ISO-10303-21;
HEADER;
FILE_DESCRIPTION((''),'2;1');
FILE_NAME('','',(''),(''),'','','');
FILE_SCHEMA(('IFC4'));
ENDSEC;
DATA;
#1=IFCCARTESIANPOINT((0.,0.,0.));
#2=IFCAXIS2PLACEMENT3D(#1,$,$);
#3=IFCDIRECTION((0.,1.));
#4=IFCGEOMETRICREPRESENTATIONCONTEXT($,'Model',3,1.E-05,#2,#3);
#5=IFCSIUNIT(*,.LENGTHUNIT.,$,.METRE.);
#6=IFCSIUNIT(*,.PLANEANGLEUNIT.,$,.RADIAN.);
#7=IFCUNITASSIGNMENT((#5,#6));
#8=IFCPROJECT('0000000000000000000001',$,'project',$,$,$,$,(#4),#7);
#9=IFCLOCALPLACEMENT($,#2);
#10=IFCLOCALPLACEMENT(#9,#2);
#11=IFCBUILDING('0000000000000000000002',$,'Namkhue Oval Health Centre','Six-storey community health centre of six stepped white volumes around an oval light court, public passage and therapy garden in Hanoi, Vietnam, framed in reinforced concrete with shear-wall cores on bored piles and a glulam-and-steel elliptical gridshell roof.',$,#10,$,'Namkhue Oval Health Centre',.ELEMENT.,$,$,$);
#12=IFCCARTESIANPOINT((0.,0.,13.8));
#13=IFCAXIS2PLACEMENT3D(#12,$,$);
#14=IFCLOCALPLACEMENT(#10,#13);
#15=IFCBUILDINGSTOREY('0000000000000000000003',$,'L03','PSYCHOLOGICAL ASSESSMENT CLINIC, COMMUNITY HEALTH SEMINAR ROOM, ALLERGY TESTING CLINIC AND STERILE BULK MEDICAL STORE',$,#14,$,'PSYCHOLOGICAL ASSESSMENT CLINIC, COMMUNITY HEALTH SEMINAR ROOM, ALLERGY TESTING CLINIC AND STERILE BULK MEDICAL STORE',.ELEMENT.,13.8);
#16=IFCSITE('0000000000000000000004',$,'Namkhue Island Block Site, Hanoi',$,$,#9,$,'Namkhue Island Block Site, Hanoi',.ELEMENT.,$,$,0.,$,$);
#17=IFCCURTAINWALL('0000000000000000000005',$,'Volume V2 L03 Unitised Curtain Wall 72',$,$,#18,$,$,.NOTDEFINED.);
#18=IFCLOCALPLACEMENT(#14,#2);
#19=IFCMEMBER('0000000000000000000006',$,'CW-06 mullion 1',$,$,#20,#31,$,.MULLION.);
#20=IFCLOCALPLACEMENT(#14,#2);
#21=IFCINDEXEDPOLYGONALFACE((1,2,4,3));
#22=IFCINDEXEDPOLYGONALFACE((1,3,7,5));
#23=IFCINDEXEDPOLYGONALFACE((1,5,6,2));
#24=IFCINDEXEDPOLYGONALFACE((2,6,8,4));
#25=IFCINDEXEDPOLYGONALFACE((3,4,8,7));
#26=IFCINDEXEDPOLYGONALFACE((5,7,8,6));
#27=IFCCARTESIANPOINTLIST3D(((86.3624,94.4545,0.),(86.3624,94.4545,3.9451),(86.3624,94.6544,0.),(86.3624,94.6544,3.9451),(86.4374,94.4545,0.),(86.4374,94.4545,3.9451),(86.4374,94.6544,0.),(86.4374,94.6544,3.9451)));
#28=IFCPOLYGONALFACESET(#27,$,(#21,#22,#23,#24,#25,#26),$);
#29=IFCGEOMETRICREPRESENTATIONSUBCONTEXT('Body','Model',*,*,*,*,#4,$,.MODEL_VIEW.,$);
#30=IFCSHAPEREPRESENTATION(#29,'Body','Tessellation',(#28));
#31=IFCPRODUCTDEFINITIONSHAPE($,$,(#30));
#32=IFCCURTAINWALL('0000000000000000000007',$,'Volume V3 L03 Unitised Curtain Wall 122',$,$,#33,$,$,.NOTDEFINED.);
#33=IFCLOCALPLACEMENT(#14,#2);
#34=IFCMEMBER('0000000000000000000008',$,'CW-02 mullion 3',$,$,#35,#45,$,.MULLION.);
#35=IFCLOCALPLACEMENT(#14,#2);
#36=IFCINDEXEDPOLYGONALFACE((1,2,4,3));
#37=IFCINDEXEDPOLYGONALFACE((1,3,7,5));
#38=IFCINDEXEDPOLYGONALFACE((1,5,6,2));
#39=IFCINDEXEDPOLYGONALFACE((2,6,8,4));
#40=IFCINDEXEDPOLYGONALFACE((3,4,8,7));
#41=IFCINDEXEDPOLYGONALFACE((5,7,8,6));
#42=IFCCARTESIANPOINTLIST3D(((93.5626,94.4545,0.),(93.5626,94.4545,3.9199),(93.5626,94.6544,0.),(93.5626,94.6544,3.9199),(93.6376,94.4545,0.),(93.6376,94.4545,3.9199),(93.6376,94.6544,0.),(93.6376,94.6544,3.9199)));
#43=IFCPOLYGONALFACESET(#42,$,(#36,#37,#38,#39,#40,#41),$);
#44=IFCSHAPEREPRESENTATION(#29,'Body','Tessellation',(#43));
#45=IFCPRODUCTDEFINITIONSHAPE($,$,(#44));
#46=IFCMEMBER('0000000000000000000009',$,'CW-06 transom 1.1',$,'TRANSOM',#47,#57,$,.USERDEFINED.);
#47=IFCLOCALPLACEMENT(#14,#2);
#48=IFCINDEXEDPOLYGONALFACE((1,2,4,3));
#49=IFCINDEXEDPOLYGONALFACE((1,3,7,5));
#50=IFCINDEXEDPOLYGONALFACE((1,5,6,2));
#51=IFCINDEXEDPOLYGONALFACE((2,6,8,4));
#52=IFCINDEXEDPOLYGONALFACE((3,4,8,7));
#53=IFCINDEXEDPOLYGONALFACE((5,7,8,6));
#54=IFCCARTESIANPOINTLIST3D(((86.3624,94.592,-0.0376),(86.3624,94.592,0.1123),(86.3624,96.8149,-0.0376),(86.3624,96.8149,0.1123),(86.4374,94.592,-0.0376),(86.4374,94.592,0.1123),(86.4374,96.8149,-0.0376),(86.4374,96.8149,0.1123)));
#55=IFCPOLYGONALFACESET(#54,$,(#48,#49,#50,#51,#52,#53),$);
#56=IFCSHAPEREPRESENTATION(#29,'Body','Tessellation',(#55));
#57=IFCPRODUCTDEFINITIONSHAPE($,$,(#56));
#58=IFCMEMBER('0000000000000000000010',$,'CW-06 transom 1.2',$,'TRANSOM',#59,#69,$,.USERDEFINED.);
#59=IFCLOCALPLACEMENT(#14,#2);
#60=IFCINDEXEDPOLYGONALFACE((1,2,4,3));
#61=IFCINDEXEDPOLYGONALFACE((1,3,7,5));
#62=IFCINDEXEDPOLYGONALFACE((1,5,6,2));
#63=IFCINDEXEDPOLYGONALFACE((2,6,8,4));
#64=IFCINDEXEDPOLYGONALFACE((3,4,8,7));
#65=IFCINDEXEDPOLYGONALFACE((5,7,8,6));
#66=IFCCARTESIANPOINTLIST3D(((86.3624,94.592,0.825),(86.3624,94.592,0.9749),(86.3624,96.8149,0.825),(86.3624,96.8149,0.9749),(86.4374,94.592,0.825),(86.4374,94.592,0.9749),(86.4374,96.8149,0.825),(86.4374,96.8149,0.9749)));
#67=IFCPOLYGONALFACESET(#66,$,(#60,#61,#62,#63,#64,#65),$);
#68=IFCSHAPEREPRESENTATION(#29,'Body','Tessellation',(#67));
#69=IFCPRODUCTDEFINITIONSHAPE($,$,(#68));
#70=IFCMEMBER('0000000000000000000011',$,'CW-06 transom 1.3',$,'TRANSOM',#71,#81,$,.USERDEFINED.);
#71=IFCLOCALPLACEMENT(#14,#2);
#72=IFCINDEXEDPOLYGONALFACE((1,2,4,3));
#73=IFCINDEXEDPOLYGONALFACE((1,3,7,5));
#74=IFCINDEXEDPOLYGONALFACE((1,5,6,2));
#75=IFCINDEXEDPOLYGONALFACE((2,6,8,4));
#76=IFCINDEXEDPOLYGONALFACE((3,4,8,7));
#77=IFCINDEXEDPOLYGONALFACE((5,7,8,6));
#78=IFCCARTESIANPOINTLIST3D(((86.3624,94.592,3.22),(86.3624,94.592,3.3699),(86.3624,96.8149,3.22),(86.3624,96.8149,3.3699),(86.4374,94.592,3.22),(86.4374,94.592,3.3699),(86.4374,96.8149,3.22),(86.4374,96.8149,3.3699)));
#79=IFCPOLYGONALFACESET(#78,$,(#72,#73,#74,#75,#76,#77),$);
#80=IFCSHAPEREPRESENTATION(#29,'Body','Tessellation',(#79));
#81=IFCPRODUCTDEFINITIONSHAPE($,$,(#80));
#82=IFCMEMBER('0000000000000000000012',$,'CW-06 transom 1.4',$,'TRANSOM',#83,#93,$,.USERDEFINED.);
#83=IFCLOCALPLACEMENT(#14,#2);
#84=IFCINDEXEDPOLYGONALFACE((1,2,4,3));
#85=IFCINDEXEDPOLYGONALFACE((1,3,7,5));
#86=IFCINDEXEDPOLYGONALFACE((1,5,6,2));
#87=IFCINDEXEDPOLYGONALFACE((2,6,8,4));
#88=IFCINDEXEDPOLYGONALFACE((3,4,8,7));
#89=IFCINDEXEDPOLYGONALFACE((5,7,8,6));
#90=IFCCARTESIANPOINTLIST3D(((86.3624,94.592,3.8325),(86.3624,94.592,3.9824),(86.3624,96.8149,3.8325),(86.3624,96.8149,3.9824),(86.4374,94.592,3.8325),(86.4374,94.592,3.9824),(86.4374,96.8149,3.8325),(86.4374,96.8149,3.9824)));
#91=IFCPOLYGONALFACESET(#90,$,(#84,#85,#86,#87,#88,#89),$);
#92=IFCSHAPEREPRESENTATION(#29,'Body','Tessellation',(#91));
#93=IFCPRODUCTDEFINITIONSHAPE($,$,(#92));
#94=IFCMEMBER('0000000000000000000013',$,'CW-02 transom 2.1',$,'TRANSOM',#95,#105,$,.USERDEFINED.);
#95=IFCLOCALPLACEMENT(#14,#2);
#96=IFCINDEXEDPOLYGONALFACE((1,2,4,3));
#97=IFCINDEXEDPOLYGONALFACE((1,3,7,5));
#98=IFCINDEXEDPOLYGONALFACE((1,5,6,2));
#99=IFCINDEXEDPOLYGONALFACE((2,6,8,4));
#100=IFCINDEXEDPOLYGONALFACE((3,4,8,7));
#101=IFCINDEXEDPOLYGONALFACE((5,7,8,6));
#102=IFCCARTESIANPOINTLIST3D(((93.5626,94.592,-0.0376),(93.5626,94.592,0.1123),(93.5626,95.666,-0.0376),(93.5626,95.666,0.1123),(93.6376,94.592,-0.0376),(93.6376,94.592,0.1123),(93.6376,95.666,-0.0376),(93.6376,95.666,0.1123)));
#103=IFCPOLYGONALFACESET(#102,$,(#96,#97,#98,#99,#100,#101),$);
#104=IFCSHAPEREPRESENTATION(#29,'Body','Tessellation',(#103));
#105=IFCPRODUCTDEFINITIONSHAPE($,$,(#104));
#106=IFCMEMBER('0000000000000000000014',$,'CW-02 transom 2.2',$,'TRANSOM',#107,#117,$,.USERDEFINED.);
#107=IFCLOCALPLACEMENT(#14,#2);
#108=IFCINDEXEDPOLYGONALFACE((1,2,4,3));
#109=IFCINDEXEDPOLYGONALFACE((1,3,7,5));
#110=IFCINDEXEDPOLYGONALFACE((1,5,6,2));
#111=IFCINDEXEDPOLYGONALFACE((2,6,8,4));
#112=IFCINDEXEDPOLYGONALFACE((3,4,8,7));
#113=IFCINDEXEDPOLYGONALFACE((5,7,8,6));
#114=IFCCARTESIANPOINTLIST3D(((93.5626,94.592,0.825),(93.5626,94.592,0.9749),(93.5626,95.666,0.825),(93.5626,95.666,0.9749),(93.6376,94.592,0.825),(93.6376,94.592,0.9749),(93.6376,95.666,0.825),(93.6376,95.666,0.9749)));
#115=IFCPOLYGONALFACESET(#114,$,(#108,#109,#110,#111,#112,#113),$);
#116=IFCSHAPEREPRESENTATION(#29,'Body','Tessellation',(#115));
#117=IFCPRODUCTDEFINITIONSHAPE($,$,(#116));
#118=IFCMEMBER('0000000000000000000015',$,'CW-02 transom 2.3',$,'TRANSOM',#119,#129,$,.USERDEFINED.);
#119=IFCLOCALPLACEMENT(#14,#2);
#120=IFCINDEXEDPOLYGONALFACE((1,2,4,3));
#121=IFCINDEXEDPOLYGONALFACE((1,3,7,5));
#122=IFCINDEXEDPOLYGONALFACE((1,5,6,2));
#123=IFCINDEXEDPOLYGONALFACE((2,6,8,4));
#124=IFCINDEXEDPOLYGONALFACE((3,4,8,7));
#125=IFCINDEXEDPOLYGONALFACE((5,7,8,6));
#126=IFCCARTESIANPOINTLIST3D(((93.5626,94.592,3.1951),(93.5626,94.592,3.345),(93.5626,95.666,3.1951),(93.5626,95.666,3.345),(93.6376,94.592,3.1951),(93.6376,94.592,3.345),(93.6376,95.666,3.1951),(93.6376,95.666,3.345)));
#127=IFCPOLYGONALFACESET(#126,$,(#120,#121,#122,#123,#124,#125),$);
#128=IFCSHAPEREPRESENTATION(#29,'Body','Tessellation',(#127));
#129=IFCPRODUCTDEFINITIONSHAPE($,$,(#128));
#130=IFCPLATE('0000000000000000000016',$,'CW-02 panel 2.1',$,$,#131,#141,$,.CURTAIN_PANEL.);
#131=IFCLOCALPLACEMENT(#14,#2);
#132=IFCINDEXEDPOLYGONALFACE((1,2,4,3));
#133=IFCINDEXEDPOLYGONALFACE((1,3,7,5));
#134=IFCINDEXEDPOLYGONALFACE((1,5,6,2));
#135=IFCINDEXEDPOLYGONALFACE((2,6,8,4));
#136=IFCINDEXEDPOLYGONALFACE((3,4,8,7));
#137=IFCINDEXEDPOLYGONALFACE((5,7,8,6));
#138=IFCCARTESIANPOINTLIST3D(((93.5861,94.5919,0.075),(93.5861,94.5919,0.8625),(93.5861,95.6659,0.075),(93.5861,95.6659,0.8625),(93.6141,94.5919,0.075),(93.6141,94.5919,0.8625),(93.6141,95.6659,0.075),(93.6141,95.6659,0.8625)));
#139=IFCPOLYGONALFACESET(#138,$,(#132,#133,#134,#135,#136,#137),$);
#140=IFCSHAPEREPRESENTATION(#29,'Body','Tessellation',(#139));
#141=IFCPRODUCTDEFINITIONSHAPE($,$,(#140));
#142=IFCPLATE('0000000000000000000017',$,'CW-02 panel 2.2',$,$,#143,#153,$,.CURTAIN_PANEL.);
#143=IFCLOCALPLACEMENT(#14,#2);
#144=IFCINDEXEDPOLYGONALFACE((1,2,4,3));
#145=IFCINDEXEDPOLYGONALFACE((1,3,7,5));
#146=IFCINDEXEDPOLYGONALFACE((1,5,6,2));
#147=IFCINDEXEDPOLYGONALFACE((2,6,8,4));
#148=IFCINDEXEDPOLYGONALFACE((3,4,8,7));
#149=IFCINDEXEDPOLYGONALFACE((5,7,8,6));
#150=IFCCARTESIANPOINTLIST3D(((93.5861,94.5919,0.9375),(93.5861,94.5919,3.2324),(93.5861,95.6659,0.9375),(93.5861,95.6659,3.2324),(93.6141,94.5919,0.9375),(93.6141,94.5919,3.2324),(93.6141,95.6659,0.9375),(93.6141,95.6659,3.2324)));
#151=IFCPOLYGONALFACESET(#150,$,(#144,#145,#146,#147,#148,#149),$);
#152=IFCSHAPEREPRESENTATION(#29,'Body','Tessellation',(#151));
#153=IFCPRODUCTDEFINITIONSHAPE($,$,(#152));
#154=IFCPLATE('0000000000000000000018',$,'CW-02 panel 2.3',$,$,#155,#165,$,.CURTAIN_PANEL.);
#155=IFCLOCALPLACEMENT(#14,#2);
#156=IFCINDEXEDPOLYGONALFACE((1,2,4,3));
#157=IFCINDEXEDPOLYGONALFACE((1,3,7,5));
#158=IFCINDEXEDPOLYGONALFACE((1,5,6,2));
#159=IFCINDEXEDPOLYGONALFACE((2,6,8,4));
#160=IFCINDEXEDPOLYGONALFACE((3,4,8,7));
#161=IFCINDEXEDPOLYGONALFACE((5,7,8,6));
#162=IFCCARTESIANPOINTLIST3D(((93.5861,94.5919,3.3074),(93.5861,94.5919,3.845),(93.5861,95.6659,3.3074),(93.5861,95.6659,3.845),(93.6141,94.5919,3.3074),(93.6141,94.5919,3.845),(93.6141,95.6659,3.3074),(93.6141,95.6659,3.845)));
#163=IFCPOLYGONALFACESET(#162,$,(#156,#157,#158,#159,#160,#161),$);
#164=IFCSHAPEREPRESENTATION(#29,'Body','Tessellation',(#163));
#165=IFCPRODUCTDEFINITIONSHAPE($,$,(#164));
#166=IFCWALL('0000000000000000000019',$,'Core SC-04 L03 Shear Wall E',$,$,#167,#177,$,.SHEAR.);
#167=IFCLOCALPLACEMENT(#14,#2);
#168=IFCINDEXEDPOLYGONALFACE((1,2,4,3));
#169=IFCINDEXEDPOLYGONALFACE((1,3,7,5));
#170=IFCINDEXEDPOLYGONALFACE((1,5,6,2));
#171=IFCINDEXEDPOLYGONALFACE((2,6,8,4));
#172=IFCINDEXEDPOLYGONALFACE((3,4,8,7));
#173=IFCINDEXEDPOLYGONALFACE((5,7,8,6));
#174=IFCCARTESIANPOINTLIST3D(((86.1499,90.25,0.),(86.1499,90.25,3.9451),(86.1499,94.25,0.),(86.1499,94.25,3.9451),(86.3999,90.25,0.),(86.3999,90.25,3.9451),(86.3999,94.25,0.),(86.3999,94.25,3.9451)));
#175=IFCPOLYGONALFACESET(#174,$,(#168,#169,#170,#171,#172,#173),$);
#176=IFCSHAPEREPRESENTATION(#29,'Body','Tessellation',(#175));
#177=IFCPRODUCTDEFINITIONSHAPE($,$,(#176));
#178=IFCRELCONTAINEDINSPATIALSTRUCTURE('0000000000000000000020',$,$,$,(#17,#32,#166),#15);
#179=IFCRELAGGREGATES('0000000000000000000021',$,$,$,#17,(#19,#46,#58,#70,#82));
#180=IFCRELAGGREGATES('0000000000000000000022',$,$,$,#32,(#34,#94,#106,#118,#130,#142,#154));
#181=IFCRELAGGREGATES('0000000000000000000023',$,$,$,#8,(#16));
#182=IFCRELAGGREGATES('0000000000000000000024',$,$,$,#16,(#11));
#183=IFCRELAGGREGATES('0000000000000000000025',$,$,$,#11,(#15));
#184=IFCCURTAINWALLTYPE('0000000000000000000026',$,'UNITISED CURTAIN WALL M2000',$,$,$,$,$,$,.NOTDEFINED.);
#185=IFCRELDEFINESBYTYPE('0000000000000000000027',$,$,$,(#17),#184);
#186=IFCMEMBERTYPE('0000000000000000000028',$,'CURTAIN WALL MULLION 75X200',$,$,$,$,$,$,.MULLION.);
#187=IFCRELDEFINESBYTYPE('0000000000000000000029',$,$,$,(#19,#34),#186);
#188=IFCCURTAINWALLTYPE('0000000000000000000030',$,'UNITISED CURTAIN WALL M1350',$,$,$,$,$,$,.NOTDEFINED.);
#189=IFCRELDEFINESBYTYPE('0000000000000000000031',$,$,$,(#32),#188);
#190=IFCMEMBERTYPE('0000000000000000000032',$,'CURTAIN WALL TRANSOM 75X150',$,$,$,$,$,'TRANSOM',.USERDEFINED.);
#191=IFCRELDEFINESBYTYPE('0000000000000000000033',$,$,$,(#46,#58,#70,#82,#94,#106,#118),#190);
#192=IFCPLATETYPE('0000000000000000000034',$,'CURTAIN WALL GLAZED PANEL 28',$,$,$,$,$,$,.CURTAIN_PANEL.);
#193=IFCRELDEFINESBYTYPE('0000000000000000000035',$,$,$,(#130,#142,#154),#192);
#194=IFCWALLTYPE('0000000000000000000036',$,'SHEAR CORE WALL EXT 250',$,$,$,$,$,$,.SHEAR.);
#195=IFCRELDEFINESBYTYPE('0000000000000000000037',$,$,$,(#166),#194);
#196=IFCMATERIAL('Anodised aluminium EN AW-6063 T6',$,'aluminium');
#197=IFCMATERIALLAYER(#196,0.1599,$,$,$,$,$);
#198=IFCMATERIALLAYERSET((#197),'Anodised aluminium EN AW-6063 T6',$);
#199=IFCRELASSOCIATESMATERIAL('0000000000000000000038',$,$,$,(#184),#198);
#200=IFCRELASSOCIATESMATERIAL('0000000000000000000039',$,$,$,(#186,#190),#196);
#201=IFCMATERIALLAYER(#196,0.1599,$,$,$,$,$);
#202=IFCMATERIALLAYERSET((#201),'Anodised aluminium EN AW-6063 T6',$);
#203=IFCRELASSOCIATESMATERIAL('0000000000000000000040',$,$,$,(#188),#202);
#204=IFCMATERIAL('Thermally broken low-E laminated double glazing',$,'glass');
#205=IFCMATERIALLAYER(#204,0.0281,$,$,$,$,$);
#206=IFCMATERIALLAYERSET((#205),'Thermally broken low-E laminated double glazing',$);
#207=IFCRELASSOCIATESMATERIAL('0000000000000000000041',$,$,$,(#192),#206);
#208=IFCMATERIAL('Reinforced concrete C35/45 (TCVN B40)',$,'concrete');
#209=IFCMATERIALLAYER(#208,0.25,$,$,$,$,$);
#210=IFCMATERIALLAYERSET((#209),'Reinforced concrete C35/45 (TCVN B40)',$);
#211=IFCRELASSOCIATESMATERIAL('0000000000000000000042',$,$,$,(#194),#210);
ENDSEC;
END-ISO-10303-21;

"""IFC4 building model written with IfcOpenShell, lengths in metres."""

from ifc_helpers import new_model, si_unit, direction, frame, frame_2d, origin, origin_2d, place, context, subcontext, project, spatial, rectangle, extrude, material, layer, layer_set, material_profile, profile_set, type_object, element, aggregate, save


model = new_model("IFC4")

# Units and contexts
model_context = context("Model", 3, precision=1e-05, world=origin(), true_north=direction((0.0, 1.0)))
body_context = subcontext(model_context, "Body", "Model", "MODEL_VIEW")
ifc_project = project(units=[si_unit("LENGTHUNIT", "METRE"), si_unit("PLANEANGLEUNIT", "RADIAN")], contexts=[model_context])

# Site, building, storey
site_placement = place(None, origin())
site = spatial("IfcSite", under=ifc_project, at=site_placement, Name="Namkhue Island Block Site, Hanoi", LongName="Namkhue Island Block Site, Hanoi", CompositionType="ELEMENT", RefElevation=0.0)
building_placement = place(site_placement, origin())
building = spatial("IfcBuilding", under=site, at=building_placement, Name="Namkhue Oval Health Centre", Description="Six-storey community health centre of six stepped white volumes around an oval light court, public passage and therapy garden in Hanoi, Vietnam, framed in reinforced concrete with shear-wall cores on bored piles and a glulam-and-steel elliptical gridshell roof.", LongName="Namkhue Oval Health Centre", CompositionType="ELEMENT")
storey_placement = place(building_placement, frame((0.0, 0.0, 13.8)))
storey = spatial("IfcBuildingStorey", under=building, at=storey_placement, Name="L03", Description="PSYCHOLOGICAL ASSESSMENT CLINIC, COMMUNITY HEALTH SEMINAR ROOM, ALLERGY TESTING CLINIC AND STERILE BULK MEDICAL STORE", LongName="PSYCHOLOGICAL ASSESSMENT CLINIC, COMMUNITY HEALTH SEMINAR ROOM, ALLERGY TESTING CLINIC AND STERILE BULK MEDICAL STORE", CompositionType="ELEMENT", Elevation=13.8)

# Curtain walls, members
ifc_material_1 = material(Name="Anodised aluminium EN AW-6063 T6", Category="aluminium")
ifc_layer_1 = layer(ifc_material_1, 0.1599)
ifc_layer_set_1 = layer_set([ifc_layer_1], Name="Anodised aluminium EN AW-6063 T6")
curtain_wall_type_1 = type_object("IfcCurtainWallType", Name="UNITISED CURTAIN WALL M2000", PredefinedType="NOTDEFINED", material=ifc_layer_set_1)
curtain_wall_1_placement = place(storey_placement, origin())
curtain_wall_1 = element("IfcCurtainWall", 1, at=curtain_wall_1_placement, inside=storey, type_object=curtain_wall_type_1, Name="Volume V2 L03 Unitised Curtain Wall 72", PredefinedType="NOTDEFINED")
ifc_material_profile_1 = material_profile(ifc_material_1, rectangle(XDim=0.075, YDim=0.2, at=origin_2d()), Name="ALU 75x200")
ifc_profile_set_1 = profile_set([ifc_material_profile_1], Name="Anodised aluminium EN AW-6063 T6")
member_type_1 = type_object("IfcMemberType", Name="CURTAIN WALL MULLION 75X200", PredefinedType="MULLION", material=ifc_profile_set_1)
member_1_placement = place(storey_placement, frame((86.3999, 94.5544, 0.0), z_axis=(0.0, 0.0, 1.0), x_axis=(-1.0, 0.0, 0.0)))
member_1 = element("IfcMember", 2, at=member_1_placement, type_object=member_type_1, Name="CW-06 mullion 1", PredefinedType="MULLION", context=body_context, shape_type="SweptSolid", body=[
    extrude(rectangle(XDim=0.075, YDim=0.2, at=origin_2d()), origin(), (0.0, 0.0, 1.0), 3.9451),
])
ifc_layer_2 = layer(ifc_material_1, 0.1599)
ifc_layer_set_2 = layer_set([ifc_layer_2], Name="Anodised aluminium EN AW-6063 T6")
curtain_wall_type_2 = type_object("IfcCurtainWallType", Name="UNITISED CURTAIN WALL M1350", PredefinedType="NOTDEFINED", material=ifc_layer_set_2)
curtain_wall_2_placement = place(storey_placement, origin())
curtain_wall_2 = element("IfcCurtainWall", 3, at=curtain_wall_2_placement, inside=storey, type_object=curtain_wall_type_2, Name="Volume V3 L03 Unitised Curtain Wall 122", PredefinedType="NOTDEFINED")
member_2_placement = place(storey_placement, frame((93.6001, 94.5544, 0.0), z_axis=(0.0, 0.0, 1.0), x_axis=(1.0, 0.0, 0.0)))
member_2 = element("IfcMember", 4, at=member_2_placement, type_object=member_type_1, Name="CW-02 mullion 3", PredefinedType="MULLION", context=body_context, shape_type="SweptSolid", body=[
    extrude(rectangle(XDim=0.075, YDim=0.2, at=origin_2d()), origin(), (0.0, 0.0, 1.0), 3.9199),
])

# Members
ifc_material_profile_2 = material_profile(ifc_material_1, rectangle(XDim=0.075, YDim=0.1499, at=origin_2d()), Name="ALU 75x150")
ifc_profile_set_2 = profile_set([ifc_material_profile_2], Name="Anodised aluminium EN AW-6063 T6")
member_type_2 = type_object("IfcMemberType", Name="CURTAIN WALL TRANSOM 75X150", ElementType="TRANSOM", PredefinedType="USERDEFINED", material=ifc_profile_set_2)
member_3_placement = place(storey_placement, frame((86.3999, 94.592, 0.0374), z_axis=(0.0, 1.0, 0.0), x_axis=(-1.0, 0.0, 0.0)))
member_3 = element("IfcMember", 5, at=member_3_placement, type_object=member_type_2, Name="CW-06 transom 1.1", ObjectType="TRANSOM", PredefinedType="USERDEFINED", context=body_context, shape_type="SweptSolid", body=[
    extrude(rectangle(XDim=0.075, YDim=0.1499, at=origin_2d()), origin(), (0.0, 0.0, 1.0), 2.2229),
])
member_4_placement = place(storey_placement, frame((86.3999, 94.592, 0.8999), z_axis=(0.0, 1.0, 0.0), x_axis=(-1.0, 0.0, 0.0)))
member_4 = element("IfcMember", 6, at=member_4_placement, type_object=member_type_2, Name="CW-06 transom 1.2", ObjectType="TRANSOM", PredefinedType="USERDEFINED", context=body_context, shape_type="SweptSolid", body=[
    extrude(rectangle(XDim=0.075, YDim=0.1499, at=origin_2d()), origin(), (0.0, 0.0, 1.0), 2.2229),
])
member_5_placement = place(storey_placement, frame((86.3999, 94.592, 3.2949), z_axis=(0.0, 1.0, 0.0), x_axis=(-1.0, 0.0, 0.0)))
member_5 = element("IfcMember", 7, at=member_5_placement, type_object=member_type_2, Name="CW-06 transom 1.3", ObjectType="TRANSOM", PredefinedType="USERDEFINED", context=body_context, shape_type="SweptSolid", body=[
    extrude(rectangle(XDim=0.075, YDim=0.1499, at=origin_2d()), origin(), (0.0, 0.0, 1.0), 2.2229),
])
member_6_placement = place(storey_placement, frame((86.3999, 94.592, 3.9075), z_axis=(0.0, 1.0, 0.0), x_axis=(-1.0, 0.0, 0.0)))
member_6 = element("IfcMember", 8, at=member_6_placement, type_object=member_type_2, Name="CW-06 transom 1.4", ObjectType="TRANSOM", PredefinedType="USERDEFINED", context=body_context, shape_type="SweptSolid", body=[
    extrude(rectangle(XDim=0.075, YDim=0.1499, at=origin_2d()), origin(), (0.0, 0.0, 1.0), 2.2229),
])
aggregate(curtain_wall_1, [member_1, member_3, member_4, member_5, member_6])
member_7_placement = place(storey_placement, frame((93.6001, 95.666, 0.0374), z_axis=(0.0, -1.0, 0.0), x_axis=(1.0, 0.0, 0.0)))
member_7 = element("IfcMember", 9, at=member_7_placement, type_object=member_type_2, Name="CW-02 transom 2.1", ObjectType="TRANSOM", PredefinedType="USERDEFINED", context=body_context, shape_type="SweptSolid", body=[
    extrude(rectangle(XDim=0.075, YDim=0.1499, at=origin_2d()), origin(), (0.0, 0.0, 1.0), 1.074),
])
member_8_placement = place(storey_placement, frame((93.6001, 95.666, 0.8999), z_axis=(0.0, -1.0, 0.0), x_axis=(1.0, 0.0, 0.0)))
member_8 = element("IfcMember", 10, at=member_8_placement, type_object=member_type_2, Name="CW-02 transom 2.2", ObjectType="TRANSOM", PredefinedType="USERDEFINED", context=body_context, shape_type="SweptSolid", body=[
    extrude(rectangle(XDim=0.075, YDim=0.1499, at=origin_2d()), origin(), (0.0, 0.0, 1.0), 1.074),
])
member_9_placement = place(storey_placement, frame((93.6001, 95.666, 3.27), z_axis=(0.0, -1.0, 0.0), x_axis=(1.0, 0.0, 0.0)))
member_9 = element("IfcMember", 11, at=member_9_placement, type_object=member_type_2, Name="CW-02 transom 2.3", ObjectType="TRANSOM", PredefinedType="USERDEFINED", context=body_context, shape_type="SweptSolid", body=[
    extrude(rectangle(XDim=0.075, YDim=0.1499, at=origin_2d()), origin(), (0.0, 0.0, 1.0), 1.074),
])

# Plates
ifc_material_2 = material(Name="Thermally broken low-E laminated double glazing", Category="glass")
ifc_layer_3 = layer(ifc_material_2, 0.0281)
ifc_layer_set_3 = layer_set([ifc_layer_3], Name="Thermally broken low-E laminated double glazing")
plate_type = type_object("IfcPlateType", Name="CURTAIN WALL GLAZED PANEL 28", PredefinedType="CURTAIN_PANEL", material=ifc_layer_set_3)
plate_1_placement = place(storey_placement, frame((93.6001, 95.1289, 0.075), z_axis=(0.0, 0.0, 1.0), x_axis=(0.0, -1.0, 0.0)))
plate_1 = element("IfcPlate", 12, at=plate_1_placement, type_object=plate_type, Name="CW-02 panel 2.1", PredefinedType="CURTAIN_PANEL", context=body_context, shape_type="SweptSolid", body=[
    extrude(rectangle(XDim=1.074, YDim=0.0281, at=origin_2d()), origin(), (0.0, 0.0, 1.0), 0.7876),
])
plate_2_placement = place(storey_placement, frame((93.6001, 95.1289, 0.9375), z_axis=(0.0, 0.0, 1.0), x_axis=(0.0, -1.0, 0.0)))
plate_2 = element("IfcPlate", 13, at=plate_2_placement, type_object=plate_type, Name="CW-02 panel 2.2", PredefinedType="CURTAIN_PANEL", context=body_context, shape_type="SweptSolid", body=[
    extrude(rectangle(XDim=1.074, YDim=0.0281, at=origin_2d()), origin(), (0.0, 0.0, 1.0), 2.2949),
])
plate_3_placement = place(storey_placement, frame((93.6001, 95.1289, 3.3074), z_axis=(0.0, 0.0, 1.0), x_axis=(0.0, -1.0, 0.0)))
plate_3 = element("IfcPlate", 14, at=plate_3_placement, type_object=plate_type, Name="CW-02 panel 2.3", PredefinedType="CURTAIN_PANEL", context=body_context, shape_type="SweptSolid", body=[
    extrude(rectangle(XDim=1.074, YDim=0.0281, at=origin_2d()), origin(), (0.0, 0.0, 1.0), 0.5376),
])
aggregate(curtain_wall_2, [member_2, member_7, member_8, member_9, plate_1, plate_2, plate_3])

# Wall
ifc_material_3 = material(Name="Reinforced concrete C35/45 (TCVN B40)", Category="concrete")
ifc_layer_4 = layer(ifc_material_3, 0.25)
ifc_layer_set_4 = layer_set([ifc_layer_4], Name="Reinforced concrete C35/45 (TCVN B40)")
wall_type_1 = type_object("IfcWallType", Name="SHEAR CORE WALL EXT 250", PredefinedType="SHEAR", material=ifc_layer_set_4)
wall_1_placement = place(storey_placement, frame((86.2749, 90.25, 0.0), z_axis=(0.0, 0.0, 1.0), x_axis=(0.0, 1.0, 0.0)))
element("IfcWall", 15, at=wall_1_placement, inside=storey, type_object=wall_type_1, Name="Core SC-04 L03 Shear Wall E", PredefinedType="SHEAR", context=body_context, shape_type="SweptSolid", body=[
    extrude(rectangle(XDim=4.0, YDim=0.25, at=frame_2d((2.0, 0.0))), origin(), (0.0, 0.0, 1.0), 3.9451),
])

save(model, "model.ifc")
